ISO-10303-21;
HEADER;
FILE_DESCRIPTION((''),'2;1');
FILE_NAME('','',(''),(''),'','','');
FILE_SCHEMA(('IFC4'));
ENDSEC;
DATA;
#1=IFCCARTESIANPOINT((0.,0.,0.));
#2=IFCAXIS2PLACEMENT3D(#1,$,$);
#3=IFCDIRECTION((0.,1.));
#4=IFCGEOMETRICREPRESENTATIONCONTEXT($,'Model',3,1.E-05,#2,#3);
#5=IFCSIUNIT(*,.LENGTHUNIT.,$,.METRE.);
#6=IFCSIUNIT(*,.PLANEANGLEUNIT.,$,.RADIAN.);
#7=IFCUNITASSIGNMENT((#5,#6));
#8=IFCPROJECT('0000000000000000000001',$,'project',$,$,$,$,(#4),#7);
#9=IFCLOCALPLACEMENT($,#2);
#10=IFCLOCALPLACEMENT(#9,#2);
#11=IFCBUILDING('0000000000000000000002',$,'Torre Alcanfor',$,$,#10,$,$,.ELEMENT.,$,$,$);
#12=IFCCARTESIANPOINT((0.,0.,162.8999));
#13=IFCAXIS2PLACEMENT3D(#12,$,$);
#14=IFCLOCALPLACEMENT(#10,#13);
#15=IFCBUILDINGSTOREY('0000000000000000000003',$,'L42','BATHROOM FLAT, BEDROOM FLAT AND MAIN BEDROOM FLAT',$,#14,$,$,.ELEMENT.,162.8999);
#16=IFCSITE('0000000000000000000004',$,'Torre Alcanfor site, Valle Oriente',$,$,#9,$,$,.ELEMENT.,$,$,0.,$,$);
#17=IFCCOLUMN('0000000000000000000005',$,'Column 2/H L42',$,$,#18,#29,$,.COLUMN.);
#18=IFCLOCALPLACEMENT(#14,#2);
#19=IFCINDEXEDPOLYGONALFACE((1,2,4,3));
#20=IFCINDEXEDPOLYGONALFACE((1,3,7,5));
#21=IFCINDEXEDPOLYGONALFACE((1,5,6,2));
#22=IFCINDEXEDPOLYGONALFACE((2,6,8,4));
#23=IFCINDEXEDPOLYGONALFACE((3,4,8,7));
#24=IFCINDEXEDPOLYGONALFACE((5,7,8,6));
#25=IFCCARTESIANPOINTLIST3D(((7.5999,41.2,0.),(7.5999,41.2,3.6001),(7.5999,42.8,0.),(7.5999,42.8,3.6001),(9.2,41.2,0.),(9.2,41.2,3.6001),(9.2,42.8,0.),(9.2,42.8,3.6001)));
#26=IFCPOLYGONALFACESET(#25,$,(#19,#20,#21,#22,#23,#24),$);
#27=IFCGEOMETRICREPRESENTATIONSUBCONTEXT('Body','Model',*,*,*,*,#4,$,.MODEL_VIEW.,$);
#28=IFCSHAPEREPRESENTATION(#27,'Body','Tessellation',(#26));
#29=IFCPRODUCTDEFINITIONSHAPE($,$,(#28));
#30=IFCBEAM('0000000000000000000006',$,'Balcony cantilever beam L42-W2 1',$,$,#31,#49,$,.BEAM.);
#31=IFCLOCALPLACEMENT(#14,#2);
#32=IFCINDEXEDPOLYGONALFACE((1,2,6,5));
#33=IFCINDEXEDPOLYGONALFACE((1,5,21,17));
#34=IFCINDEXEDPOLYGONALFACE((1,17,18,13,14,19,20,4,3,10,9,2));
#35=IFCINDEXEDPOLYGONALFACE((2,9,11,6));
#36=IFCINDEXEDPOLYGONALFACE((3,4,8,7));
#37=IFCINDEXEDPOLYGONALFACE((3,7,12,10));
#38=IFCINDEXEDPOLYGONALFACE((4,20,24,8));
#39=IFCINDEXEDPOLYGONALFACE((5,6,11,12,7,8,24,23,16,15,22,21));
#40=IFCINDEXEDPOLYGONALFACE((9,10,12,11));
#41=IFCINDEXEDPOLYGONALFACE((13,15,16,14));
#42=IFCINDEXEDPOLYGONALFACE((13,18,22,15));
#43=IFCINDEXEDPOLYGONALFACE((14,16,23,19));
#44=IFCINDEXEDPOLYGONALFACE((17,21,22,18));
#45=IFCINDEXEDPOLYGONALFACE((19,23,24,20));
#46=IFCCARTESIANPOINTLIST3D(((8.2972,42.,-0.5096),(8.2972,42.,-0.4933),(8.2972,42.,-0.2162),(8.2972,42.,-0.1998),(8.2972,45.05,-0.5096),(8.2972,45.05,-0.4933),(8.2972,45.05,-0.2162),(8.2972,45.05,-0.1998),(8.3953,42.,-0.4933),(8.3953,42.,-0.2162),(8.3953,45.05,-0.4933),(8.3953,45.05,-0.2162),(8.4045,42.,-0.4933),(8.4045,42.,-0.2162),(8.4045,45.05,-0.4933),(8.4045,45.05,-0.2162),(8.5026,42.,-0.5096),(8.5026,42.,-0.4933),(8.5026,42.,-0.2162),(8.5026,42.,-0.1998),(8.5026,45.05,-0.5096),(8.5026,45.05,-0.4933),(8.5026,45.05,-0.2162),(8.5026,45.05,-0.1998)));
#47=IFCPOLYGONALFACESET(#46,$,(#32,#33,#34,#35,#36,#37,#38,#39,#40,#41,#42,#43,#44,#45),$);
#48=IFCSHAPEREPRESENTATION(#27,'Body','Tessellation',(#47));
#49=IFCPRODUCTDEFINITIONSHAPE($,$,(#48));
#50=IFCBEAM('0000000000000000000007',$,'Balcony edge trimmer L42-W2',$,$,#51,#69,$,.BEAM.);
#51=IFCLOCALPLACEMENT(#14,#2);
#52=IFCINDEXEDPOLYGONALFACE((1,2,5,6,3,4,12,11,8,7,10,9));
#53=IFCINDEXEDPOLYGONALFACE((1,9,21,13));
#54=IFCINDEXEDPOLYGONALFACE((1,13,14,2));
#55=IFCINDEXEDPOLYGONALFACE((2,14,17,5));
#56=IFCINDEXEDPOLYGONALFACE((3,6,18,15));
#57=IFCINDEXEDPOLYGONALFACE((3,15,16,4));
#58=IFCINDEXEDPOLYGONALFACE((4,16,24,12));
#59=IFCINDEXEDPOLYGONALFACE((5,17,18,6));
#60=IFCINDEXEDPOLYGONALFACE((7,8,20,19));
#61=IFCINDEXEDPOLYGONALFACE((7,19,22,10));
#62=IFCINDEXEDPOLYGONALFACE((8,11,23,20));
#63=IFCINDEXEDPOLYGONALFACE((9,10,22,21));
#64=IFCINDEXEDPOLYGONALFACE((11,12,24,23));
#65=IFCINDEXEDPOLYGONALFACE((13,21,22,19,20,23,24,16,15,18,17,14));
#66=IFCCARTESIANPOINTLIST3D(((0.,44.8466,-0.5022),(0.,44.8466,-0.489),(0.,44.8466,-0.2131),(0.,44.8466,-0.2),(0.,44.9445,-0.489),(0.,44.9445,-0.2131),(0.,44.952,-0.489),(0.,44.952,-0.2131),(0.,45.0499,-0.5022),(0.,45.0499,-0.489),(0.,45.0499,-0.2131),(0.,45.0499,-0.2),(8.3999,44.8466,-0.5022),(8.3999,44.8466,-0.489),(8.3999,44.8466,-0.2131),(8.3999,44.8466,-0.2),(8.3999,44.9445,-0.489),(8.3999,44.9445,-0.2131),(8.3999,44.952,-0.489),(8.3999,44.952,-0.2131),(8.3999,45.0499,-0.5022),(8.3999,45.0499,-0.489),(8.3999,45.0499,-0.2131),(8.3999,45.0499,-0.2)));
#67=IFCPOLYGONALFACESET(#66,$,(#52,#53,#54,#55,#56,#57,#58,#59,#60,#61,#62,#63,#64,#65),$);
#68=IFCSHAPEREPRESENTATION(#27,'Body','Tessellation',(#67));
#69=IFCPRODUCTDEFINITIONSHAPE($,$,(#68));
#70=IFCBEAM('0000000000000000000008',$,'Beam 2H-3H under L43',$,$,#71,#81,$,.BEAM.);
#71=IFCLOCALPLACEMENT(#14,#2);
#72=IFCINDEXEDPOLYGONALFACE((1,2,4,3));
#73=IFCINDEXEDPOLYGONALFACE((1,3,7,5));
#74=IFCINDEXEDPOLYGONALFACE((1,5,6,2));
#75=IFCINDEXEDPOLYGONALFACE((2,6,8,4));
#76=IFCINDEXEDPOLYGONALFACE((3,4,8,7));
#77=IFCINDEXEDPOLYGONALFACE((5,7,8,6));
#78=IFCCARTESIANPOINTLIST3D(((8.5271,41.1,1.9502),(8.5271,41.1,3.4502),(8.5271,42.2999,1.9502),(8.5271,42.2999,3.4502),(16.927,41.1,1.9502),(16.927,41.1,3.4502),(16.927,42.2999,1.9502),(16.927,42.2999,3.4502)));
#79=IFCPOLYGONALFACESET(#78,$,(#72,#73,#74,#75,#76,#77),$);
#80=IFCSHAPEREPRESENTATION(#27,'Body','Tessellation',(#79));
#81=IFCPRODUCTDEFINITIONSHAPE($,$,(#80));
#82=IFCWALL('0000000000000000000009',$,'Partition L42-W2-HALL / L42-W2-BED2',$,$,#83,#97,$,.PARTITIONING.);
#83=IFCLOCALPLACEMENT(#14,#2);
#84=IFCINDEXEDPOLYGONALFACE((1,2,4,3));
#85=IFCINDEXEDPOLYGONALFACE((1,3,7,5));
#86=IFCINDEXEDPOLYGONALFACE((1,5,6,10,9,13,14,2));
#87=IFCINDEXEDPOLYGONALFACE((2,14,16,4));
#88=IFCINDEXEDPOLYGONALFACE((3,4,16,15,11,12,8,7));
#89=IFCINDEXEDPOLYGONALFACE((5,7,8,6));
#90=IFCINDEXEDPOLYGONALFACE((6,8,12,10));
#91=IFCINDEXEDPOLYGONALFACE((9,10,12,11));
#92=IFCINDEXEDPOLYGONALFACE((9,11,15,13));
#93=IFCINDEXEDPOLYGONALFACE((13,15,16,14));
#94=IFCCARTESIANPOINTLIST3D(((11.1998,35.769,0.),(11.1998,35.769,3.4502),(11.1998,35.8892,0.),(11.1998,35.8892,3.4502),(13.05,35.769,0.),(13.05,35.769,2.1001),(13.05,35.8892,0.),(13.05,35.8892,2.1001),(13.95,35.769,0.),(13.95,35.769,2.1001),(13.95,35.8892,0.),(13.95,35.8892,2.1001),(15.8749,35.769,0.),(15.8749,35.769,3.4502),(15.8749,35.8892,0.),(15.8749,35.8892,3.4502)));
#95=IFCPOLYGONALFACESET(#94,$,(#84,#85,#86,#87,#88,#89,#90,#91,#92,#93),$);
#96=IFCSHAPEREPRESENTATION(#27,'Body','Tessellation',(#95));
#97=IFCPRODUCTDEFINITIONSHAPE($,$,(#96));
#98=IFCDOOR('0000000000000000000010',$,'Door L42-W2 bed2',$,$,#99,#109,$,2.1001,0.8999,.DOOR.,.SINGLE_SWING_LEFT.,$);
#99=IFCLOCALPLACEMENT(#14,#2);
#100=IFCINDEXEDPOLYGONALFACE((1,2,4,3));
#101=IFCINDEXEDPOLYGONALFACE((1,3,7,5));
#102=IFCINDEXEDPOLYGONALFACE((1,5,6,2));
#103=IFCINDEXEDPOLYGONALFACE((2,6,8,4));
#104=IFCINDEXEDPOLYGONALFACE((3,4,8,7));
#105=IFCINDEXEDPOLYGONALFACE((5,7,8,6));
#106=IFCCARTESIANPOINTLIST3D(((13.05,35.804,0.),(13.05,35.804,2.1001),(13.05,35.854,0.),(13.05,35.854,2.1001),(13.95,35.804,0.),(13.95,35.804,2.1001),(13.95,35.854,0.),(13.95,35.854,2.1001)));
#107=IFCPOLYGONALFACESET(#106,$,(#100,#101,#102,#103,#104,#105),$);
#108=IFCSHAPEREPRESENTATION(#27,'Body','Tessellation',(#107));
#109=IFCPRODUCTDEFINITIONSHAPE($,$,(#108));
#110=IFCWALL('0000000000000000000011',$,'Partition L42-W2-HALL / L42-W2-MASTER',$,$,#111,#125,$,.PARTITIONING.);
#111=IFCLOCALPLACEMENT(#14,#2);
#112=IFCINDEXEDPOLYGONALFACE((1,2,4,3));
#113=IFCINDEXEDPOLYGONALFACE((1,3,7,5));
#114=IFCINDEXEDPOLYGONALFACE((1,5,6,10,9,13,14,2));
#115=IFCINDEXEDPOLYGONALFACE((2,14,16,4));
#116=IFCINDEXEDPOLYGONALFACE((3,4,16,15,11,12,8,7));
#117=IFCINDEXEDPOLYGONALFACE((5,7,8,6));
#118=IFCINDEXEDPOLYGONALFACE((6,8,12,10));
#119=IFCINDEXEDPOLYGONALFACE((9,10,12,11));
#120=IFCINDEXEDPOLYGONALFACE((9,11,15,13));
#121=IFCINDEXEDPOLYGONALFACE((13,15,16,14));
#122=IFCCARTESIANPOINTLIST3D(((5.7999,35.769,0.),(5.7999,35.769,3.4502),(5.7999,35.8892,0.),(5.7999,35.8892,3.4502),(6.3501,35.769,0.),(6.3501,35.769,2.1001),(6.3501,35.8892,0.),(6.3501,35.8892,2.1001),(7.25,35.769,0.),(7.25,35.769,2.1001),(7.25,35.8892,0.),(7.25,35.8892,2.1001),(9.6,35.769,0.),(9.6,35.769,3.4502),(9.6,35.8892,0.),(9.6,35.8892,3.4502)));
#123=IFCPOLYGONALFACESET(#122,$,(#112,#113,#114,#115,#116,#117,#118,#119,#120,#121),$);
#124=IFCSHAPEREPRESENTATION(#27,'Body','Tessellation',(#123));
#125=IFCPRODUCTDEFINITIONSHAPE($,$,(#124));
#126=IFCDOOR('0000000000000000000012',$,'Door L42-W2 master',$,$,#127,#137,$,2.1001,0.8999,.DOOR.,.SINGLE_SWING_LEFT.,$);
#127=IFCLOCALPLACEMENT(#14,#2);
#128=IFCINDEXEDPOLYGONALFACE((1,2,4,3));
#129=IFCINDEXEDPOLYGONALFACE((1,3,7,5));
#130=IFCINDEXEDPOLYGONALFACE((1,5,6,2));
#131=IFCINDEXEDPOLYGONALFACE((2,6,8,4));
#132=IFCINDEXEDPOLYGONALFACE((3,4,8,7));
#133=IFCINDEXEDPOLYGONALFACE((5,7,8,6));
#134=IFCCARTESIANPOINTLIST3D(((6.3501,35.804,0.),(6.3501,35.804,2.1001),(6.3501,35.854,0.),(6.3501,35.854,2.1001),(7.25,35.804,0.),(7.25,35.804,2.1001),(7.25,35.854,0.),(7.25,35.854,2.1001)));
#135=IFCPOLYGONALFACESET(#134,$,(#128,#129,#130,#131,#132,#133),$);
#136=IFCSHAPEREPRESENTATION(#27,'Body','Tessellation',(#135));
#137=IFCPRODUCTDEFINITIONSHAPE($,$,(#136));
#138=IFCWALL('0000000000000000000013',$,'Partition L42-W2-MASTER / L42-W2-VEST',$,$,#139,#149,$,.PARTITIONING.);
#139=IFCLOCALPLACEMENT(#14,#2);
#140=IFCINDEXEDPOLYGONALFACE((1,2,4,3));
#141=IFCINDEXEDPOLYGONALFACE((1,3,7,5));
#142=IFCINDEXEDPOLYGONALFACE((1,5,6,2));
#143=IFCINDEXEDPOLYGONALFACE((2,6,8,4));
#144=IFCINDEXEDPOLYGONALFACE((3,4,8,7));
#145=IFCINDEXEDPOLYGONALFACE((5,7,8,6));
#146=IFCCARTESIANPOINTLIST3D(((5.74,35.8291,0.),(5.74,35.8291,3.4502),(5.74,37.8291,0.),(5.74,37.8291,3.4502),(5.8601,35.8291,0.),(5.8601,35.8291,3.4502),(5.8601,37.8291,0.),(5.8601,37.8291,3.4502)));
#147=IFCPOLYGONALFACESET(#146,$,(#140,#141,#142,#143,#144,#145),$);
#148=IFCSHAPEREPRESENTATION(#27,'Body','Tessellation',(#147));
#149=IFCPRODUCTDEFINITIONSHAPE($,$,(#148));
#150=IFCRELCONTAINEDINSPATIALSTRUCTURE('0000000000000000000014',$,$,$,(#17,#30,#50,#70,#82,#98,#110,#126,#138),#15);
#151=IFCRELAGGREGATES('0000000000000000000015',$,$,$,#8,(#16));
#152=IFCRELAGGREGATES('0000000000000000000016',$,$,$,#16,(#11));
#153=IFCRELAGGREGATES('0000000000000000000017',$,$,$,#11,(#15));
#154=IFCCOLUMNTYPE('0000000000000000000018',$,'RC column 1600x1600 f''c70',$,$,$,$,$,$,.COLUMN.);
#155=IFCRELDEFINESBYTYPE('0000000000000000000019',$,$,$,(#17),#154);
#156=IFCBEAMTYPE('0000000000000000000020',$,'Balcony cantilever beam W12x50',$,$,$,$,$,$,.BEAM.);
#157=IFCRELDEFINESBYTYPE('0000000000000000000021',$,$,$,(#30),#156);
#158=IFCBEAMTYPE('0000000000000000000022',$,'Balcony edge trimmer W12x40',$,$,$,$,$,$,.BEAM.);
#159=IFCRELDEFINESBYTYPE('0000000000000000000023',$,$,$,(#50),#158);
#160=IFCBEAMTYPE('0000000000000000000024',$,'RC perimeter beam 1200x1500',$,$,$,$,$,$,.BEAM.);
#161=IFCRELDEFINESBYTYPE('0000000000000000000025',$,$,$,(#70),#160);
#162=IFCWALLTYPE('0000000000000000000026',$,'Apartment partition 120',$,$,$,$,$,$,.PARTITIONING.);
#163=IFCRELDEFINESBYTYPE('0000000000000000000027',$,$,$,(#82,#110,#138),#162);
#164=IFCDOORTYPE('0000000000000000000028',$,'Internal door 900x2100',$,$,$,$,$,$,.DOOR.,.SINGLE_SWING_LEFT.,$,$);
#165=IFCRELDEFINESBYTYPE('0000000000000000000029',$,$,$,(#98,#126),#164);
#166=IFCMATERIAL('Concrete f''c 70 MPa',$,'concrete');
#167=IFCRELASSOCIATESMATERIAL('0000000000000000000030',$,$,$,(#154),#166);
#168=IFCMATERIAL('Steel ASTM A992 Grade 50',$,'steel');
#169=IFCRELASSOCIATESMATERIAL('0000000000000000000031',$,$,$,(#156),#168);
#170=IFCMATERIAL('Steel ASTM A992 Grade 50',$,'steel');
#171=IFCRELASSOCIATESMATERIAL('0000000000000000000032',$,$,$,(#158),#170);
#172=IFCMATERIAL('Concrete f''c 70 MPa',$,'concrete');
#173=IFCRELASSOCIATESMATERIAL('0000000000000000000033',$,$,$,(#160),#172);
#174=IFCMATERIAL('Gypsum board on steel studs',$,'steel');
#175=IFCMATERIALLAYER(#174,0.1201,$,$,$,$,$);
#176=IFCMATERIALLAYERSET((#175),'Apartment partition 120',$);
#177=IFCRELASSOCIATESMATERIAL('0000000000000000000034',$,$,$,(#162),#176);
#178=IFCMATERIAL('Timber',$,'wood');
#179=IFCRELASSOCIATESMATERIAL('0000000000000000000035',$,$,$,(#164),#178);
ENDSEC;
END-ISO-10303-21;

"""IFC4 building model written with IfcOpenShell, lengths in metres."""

from ifc_helpers import new_model, si_unit, direction, frame, frame_2d, origin, origin_2d, place, context, subcontext, project, spatial, rectangle, i_section, extrude, material, layer, layer_set, material_profile, profile_set, type_object, element, fill, save


model = new_model("IFC4")

# Units and contexts
model_context = context("Model", 3, precision=1e-05, world=origin(), true_north=direction((0.0, 1.0)))
body_context = subcontext(model_context, "Body", "Model", "MODEL_VIEW")
ifc_project = project(units=[si_unit("LENGTHUNIT", "METRE"), si_unit("PLANEANGLEUNIT", "RADIAN")], contexts=[model_context])

# Site, building, storey
site_placement = place(None, origin())
site = spatial("IfcSite", under=ifc_project, at=site_placement, Name="Torre Alcanfor site, Valle Oriente", CompositionType="ELEMENT", RefElevation=0.0)
building_placement = place(site_placement, origin())
building = spatial("IfcBuilding", under=site, at=building_placement, Name="Torre Alcanfor", CompositionType="ELEMENT")
storey_placement = place(building_placement, frame((0.0, 0.0, 162.8999)))
storey = spatial("IfcBuildingStorey", under=building, at=storey_placement, Name="L42", Description="BATHROOM FLAT, BEDROOM FLAT AND MAIN BEDROOM FLAT", CompositionType="ELEMENT", Elevation=162.8999)

# Column
ifc_material_1 = material(Name="Concrete f'c 70 MPa", Category="concrete")
ifc_material_profile_1 = material_profile(ifc_material_1, rectangle(XDim=1.6001, YDim=1.6001, at=origin_2d()), Name="1600x1600")
ifc_profile_set_1 = profile_set([ifc_material_profile_1], Name="Concrete f'c 70 MPa")
column_type = type_object("IfcColumnType", Name="RC column 1600x1600 f'c70", PredefinedType="COLUMN", material=ifc_profile_set_1)
column_placement = place(storey_placement, frame((8.3999, 42.0, 0.0), z_axis=(0.0, 0.0, 1.0), x_axis=(1.0, 0.0, 0.0)))
element("IfcColumn", 1, at=column_placement, inside=storey, type_object=column_type, Name="Column 2/H L42", PredefinedType="COLUMN", context=body_context, shape_type="SweptSolid", body=[
    extrude(rectangle(XDim=1.6001, YDim=1.6001, at=origin_2d()), origin(), (0.0, 0.0, 1.0), 3.6001),
])

# Beams
ifc_material_2 = material(Name="Steel ASTM A992 Grade 50", Category="steel")
ifc_material_profile_2 = material_profile(ifc_material_2, i_section(OverallWidth=0.2053, OverallDepth=0.3098, WebThickness=0.0093, FlangeThickness=0.0164, at=origin_2d()), Name="W12x50")
ifc_profile_set_2 = profile_set([ifc_material_profile_2], Name="Steel ASTM A992 Grade 50")
beam_type_1 = type_object("IfcBeamType", Name="Balcony cantilever beam W12x50", PredefinedType="BEAM", material=ifc_profile_set_2)
beam_1_placement = place(storey_placement, frame((8.3999, 42.0, -0.3547), z_axis=(0.0, 1.0, 0.0), x_axis=(-1.0, 0.0, 0.0)))
element("IfcBeam", 2, at=beam_1_placement, inside=storey, type_object=beam_type_1, Name="Balcony cantilever beam L42-W2 1", PredefinedType="BEAM", context=body_context, shape_type="SweptSolid", body=[
    extrude(i_section(OverallWidth=0.2053, OverallDepth=0.3098, WebThickness=0.0093, FlangeThickness=0.0164, at=origin_2d()), origin(), (0.0, 0.0, 1.0), 3.05),
])
ifc_material_3 = material(Name="Steel ASTM A992 Grade 50", Category="steel")
ifc_material_profile_3 = material_profile(ifc_material_3, i_section(OverallWidth=0.2034, OverallDepth=0.3022, WebThickness=0.0076, FlangeThickness=0.0132, at=origin_2d()), Name="W12x40")
ifc_profile_set_3 = profile_set([ifc_material_profile_3], Name="Steel ASTM A992 Grade 50")
beam_type_2 = type_object("IfcBeamType", Name="Balcony edge trimmer W12x40", PredefinedType="BEAM", material=ifc_profile_set_3)
beam_2_placement = place(storey_placement, frame((8.3999, 44.9482, -0.3511), z_axis=(-1.0, 0.0, 0.0), x_axis=(0.0, -1.0, 0.0)))
element("IfcBeam", 3, at=beam_2_placement, inside=storey, type_object=beam_type_2, Name="Balcony edge trimmer L42-W2", PredefinedType="BEAM", context=body_context, shape_type="SweptSolid", body=[
    extrude(i_section(OverallWidth=0.2034, OverallDepth=0.3022, WebThickness=0.0076, FlangeThickness=0.0132, at=origin_2d()), origin(), (0.0, 0.0, 1.0), 8.3999),
])
ifc_material_4 = material(Name="Concrete f'c 70 MPa", Category="concrete")
ifc_material_profile_4 = material_profile(ifc_material_4, rectangle(XDim=1.2, YDim=1.5, at=origin_2d()), Name="1200x1500")
ifc_profile_set_4 = profile_set([ifc_material_profile_4], Name="Concrete f'c 70 MPa")
beam_type_3 = type_object("IfcBeamType", Name="RC perimeter beam 1200x1500", PredefinedType="BEAM", material=ifc_profile_set_4)
beam_3_placement = place(storey_placement, frame((8.5271, 41.7, 2.7002), z_axis=(1.0, 0.0, 0.0), x_axis=(0.0, 1.0, 0.0)))
element("IfcBeam", 4, at=beam_3_placement, inside=storey, type_object=beam_type_3, Name="Beam 2H-3H under L43", PredefinedType="BEAM", context=body_context, shape_type="SweptSolid", body=[
    extrude(rectangle(XDim=1.2, YDim=1.5, at=origin_2d()), origin(), (0.0, 0.0, 1.0), 8.3999),
])

# Walls, openings, doors
ifc_material_5 = material(Name="Gypsum board on steel studs", Category="steel")
ifc_layer_1 = layer(ifc_material_5, 0.1201)
ifc_layer_set_1 = layer_set([ifc_layer_1], Name="Apartment partition 120")
wall_type_1 = type_object("IfcWallType", Name="Apartment partition 120", PredefinedType="PARTITIONING", material=ifc_layer_set_1)
wall_1_placement = place(storey_placement, frame((11.2, 35.8291, 0.0), z_axis=(0.0, 0.0, 1.0), x_axis=(1.0, 0.0, 0.0)))
wall_1 = element("IfcWall", 5, at=wall_1_placement, inside=storey, type_object=wall_type_1, Name="Partition L42-W2-HALL / L42-W2-BED2", PredefinedType="PARTITIONING", context=body_context, shape_type="SweptSolid", body=[
    extrude(rectangle(XDim=4.675, YDim=0.1201, at=frame_2d((2.3374, 0.0))), origin(), (0.0, 0.0, 1.0), 3.4502),
])
opening_1_placement = place(wall_1_placement, frame((1.8501, 0.0, 0.0)))
opening_1 = element("IfcOpeningElement", 6, at=opening_1_placement, cuts=wall_1, PredefinedType="OPENING", context=body_context, shape_type="SweptSolid", body=[
    extrude(rectangle(XDim=0.8999, YDim=2.1001, at=frame_2d((0.45, 1.05))), frame((0.0, 0.0701, 0.0), z_axis=(0.0, -1.0, 0.0), x_axis=(1.0, 0.0, 0.0)), (0.0, 0.0, 1.0), 0.1401),
])
ifc_material_6 = material(Name="Timber", Category="wood")
door_type_1 = type_object("IfcDoorType", Name="Internal door 900x2100", OperationType="SINGLE_SWING_LEFT", PredefinedType="DOOR", material=ifc_material_6)
door_1_placement = place(opening_1_placement, origin())
door_1 = element("IfcDoor", 7, at=door_1_placement, inside=storey, type_object=door_type_1, Name="Door L42-W2 bed2", OperationType="SINGLE_SWING_LEFT", OverallHeight=2.1001, OverallWidth=0.8999, PredefinedType="DOOR", context=body_context, shape_type="SweptSolid", body=[
    extrude(rectangle(XDim=0.8999, YDim=2.1001, at=frame_2d((0.45, 1.05))), frame((0.0, 0.0249, 0.0), z_axis=(0.0, -1.0, 0.0), x_axis=(1.0, 0.0, 0.0)), (0.0, 0.0, 1.0), 0.05),
])
fill(opening_1, door_1)
wall_2_placement = place(storey_placement, frame((5.8, 35.8291, 0.0), z_axis=(0.0, 0.0, 1.0), x_axis=(1.0, 0.0, 0.0)))
wall_2 = element("IfcWall", 8, at=wall_2_placement, inside=storey, type_object=wall_type_1, Name="Partition L42-W2-HALL / L42-W2-MASTER", PredefinedType="PARTITIONING", context=body_context, shape_type="SweptSolid", body=[
    extrude(rectangle(XDim=3.8, YDim=0.1201, at=frame_2d((1.8999, 0.0))), origin(), (0.0, 0.0, 1.0), 3.4502),
])
opening_2_placement = place(wall_2_placement, frame((0.55, 0.0, 0.0)))
opening_2 = element("IfcOpeningElement", 9, at=opening_2_placement, cuts=wall_2, PredefinedType="OPENING", context=body_context, shape_type="SweptSolid", body=[
    extrude(rectangle(XDim=0.8999, YDim=2.1001, at=frame_2d((0.45, 1.05))), frame((0.0, 0.0701, 0.0), z_axis=(0.0, -1.0, 0.0), x_axis=(1.0, 0.0, 0.0)), (0.0, 0.0, 1.0), 0.1401),
])
door_2_placement = place(opening_2_placement, origin())
door_2 = element("IfcDoor", 10, at=door_2_placement, inside=storey, type_object=door_type_1, Name="Door L42-W2 master", OperationType="SINGLE_SWING_LEFT", OverallHeight=2.1001, OverallWidth=0.8999, PredefinedType="DOOR", context=body_context, shape_type="SweptSolid", body=[
    extrude(rectangle(XDim=0.8999, YDim=2.1001, at=frame_2d((0.45, 1.05))), frame((0.0, 0.0249, 0.0), z_axis=(0.0, -1.0, 0.0), x_axis=(1.0, 0.0, 0.0)), (0.0, 0.0, 1.0), 0.05),
])
fill(opening_2, door_2)

# Wall
wall_3_placement = place(storey_placement, frame((5.8, 35.8291, 0.0), z_axis=(0.0, 0.0, 1.0), x_axis=(0.0, 1.0, 0.0)))
element("IfcWall", 11, at=wall_3_placement, inside=storey, type_object=wall_type_1, Name="Partition L42-W2-MASTER / L42-W2-VEST", PredefinedType="PARTITIONING", context=body_context, shape_type="SweptSolid", body=[
    extrude(rectangle(XDim=2.0, YDim=0.1201, at=frame_2d((1.0, 0.0))), origin(), (0.0, 0.0, 1.0), 3.4502),
])

save(model, "model.ifc")
